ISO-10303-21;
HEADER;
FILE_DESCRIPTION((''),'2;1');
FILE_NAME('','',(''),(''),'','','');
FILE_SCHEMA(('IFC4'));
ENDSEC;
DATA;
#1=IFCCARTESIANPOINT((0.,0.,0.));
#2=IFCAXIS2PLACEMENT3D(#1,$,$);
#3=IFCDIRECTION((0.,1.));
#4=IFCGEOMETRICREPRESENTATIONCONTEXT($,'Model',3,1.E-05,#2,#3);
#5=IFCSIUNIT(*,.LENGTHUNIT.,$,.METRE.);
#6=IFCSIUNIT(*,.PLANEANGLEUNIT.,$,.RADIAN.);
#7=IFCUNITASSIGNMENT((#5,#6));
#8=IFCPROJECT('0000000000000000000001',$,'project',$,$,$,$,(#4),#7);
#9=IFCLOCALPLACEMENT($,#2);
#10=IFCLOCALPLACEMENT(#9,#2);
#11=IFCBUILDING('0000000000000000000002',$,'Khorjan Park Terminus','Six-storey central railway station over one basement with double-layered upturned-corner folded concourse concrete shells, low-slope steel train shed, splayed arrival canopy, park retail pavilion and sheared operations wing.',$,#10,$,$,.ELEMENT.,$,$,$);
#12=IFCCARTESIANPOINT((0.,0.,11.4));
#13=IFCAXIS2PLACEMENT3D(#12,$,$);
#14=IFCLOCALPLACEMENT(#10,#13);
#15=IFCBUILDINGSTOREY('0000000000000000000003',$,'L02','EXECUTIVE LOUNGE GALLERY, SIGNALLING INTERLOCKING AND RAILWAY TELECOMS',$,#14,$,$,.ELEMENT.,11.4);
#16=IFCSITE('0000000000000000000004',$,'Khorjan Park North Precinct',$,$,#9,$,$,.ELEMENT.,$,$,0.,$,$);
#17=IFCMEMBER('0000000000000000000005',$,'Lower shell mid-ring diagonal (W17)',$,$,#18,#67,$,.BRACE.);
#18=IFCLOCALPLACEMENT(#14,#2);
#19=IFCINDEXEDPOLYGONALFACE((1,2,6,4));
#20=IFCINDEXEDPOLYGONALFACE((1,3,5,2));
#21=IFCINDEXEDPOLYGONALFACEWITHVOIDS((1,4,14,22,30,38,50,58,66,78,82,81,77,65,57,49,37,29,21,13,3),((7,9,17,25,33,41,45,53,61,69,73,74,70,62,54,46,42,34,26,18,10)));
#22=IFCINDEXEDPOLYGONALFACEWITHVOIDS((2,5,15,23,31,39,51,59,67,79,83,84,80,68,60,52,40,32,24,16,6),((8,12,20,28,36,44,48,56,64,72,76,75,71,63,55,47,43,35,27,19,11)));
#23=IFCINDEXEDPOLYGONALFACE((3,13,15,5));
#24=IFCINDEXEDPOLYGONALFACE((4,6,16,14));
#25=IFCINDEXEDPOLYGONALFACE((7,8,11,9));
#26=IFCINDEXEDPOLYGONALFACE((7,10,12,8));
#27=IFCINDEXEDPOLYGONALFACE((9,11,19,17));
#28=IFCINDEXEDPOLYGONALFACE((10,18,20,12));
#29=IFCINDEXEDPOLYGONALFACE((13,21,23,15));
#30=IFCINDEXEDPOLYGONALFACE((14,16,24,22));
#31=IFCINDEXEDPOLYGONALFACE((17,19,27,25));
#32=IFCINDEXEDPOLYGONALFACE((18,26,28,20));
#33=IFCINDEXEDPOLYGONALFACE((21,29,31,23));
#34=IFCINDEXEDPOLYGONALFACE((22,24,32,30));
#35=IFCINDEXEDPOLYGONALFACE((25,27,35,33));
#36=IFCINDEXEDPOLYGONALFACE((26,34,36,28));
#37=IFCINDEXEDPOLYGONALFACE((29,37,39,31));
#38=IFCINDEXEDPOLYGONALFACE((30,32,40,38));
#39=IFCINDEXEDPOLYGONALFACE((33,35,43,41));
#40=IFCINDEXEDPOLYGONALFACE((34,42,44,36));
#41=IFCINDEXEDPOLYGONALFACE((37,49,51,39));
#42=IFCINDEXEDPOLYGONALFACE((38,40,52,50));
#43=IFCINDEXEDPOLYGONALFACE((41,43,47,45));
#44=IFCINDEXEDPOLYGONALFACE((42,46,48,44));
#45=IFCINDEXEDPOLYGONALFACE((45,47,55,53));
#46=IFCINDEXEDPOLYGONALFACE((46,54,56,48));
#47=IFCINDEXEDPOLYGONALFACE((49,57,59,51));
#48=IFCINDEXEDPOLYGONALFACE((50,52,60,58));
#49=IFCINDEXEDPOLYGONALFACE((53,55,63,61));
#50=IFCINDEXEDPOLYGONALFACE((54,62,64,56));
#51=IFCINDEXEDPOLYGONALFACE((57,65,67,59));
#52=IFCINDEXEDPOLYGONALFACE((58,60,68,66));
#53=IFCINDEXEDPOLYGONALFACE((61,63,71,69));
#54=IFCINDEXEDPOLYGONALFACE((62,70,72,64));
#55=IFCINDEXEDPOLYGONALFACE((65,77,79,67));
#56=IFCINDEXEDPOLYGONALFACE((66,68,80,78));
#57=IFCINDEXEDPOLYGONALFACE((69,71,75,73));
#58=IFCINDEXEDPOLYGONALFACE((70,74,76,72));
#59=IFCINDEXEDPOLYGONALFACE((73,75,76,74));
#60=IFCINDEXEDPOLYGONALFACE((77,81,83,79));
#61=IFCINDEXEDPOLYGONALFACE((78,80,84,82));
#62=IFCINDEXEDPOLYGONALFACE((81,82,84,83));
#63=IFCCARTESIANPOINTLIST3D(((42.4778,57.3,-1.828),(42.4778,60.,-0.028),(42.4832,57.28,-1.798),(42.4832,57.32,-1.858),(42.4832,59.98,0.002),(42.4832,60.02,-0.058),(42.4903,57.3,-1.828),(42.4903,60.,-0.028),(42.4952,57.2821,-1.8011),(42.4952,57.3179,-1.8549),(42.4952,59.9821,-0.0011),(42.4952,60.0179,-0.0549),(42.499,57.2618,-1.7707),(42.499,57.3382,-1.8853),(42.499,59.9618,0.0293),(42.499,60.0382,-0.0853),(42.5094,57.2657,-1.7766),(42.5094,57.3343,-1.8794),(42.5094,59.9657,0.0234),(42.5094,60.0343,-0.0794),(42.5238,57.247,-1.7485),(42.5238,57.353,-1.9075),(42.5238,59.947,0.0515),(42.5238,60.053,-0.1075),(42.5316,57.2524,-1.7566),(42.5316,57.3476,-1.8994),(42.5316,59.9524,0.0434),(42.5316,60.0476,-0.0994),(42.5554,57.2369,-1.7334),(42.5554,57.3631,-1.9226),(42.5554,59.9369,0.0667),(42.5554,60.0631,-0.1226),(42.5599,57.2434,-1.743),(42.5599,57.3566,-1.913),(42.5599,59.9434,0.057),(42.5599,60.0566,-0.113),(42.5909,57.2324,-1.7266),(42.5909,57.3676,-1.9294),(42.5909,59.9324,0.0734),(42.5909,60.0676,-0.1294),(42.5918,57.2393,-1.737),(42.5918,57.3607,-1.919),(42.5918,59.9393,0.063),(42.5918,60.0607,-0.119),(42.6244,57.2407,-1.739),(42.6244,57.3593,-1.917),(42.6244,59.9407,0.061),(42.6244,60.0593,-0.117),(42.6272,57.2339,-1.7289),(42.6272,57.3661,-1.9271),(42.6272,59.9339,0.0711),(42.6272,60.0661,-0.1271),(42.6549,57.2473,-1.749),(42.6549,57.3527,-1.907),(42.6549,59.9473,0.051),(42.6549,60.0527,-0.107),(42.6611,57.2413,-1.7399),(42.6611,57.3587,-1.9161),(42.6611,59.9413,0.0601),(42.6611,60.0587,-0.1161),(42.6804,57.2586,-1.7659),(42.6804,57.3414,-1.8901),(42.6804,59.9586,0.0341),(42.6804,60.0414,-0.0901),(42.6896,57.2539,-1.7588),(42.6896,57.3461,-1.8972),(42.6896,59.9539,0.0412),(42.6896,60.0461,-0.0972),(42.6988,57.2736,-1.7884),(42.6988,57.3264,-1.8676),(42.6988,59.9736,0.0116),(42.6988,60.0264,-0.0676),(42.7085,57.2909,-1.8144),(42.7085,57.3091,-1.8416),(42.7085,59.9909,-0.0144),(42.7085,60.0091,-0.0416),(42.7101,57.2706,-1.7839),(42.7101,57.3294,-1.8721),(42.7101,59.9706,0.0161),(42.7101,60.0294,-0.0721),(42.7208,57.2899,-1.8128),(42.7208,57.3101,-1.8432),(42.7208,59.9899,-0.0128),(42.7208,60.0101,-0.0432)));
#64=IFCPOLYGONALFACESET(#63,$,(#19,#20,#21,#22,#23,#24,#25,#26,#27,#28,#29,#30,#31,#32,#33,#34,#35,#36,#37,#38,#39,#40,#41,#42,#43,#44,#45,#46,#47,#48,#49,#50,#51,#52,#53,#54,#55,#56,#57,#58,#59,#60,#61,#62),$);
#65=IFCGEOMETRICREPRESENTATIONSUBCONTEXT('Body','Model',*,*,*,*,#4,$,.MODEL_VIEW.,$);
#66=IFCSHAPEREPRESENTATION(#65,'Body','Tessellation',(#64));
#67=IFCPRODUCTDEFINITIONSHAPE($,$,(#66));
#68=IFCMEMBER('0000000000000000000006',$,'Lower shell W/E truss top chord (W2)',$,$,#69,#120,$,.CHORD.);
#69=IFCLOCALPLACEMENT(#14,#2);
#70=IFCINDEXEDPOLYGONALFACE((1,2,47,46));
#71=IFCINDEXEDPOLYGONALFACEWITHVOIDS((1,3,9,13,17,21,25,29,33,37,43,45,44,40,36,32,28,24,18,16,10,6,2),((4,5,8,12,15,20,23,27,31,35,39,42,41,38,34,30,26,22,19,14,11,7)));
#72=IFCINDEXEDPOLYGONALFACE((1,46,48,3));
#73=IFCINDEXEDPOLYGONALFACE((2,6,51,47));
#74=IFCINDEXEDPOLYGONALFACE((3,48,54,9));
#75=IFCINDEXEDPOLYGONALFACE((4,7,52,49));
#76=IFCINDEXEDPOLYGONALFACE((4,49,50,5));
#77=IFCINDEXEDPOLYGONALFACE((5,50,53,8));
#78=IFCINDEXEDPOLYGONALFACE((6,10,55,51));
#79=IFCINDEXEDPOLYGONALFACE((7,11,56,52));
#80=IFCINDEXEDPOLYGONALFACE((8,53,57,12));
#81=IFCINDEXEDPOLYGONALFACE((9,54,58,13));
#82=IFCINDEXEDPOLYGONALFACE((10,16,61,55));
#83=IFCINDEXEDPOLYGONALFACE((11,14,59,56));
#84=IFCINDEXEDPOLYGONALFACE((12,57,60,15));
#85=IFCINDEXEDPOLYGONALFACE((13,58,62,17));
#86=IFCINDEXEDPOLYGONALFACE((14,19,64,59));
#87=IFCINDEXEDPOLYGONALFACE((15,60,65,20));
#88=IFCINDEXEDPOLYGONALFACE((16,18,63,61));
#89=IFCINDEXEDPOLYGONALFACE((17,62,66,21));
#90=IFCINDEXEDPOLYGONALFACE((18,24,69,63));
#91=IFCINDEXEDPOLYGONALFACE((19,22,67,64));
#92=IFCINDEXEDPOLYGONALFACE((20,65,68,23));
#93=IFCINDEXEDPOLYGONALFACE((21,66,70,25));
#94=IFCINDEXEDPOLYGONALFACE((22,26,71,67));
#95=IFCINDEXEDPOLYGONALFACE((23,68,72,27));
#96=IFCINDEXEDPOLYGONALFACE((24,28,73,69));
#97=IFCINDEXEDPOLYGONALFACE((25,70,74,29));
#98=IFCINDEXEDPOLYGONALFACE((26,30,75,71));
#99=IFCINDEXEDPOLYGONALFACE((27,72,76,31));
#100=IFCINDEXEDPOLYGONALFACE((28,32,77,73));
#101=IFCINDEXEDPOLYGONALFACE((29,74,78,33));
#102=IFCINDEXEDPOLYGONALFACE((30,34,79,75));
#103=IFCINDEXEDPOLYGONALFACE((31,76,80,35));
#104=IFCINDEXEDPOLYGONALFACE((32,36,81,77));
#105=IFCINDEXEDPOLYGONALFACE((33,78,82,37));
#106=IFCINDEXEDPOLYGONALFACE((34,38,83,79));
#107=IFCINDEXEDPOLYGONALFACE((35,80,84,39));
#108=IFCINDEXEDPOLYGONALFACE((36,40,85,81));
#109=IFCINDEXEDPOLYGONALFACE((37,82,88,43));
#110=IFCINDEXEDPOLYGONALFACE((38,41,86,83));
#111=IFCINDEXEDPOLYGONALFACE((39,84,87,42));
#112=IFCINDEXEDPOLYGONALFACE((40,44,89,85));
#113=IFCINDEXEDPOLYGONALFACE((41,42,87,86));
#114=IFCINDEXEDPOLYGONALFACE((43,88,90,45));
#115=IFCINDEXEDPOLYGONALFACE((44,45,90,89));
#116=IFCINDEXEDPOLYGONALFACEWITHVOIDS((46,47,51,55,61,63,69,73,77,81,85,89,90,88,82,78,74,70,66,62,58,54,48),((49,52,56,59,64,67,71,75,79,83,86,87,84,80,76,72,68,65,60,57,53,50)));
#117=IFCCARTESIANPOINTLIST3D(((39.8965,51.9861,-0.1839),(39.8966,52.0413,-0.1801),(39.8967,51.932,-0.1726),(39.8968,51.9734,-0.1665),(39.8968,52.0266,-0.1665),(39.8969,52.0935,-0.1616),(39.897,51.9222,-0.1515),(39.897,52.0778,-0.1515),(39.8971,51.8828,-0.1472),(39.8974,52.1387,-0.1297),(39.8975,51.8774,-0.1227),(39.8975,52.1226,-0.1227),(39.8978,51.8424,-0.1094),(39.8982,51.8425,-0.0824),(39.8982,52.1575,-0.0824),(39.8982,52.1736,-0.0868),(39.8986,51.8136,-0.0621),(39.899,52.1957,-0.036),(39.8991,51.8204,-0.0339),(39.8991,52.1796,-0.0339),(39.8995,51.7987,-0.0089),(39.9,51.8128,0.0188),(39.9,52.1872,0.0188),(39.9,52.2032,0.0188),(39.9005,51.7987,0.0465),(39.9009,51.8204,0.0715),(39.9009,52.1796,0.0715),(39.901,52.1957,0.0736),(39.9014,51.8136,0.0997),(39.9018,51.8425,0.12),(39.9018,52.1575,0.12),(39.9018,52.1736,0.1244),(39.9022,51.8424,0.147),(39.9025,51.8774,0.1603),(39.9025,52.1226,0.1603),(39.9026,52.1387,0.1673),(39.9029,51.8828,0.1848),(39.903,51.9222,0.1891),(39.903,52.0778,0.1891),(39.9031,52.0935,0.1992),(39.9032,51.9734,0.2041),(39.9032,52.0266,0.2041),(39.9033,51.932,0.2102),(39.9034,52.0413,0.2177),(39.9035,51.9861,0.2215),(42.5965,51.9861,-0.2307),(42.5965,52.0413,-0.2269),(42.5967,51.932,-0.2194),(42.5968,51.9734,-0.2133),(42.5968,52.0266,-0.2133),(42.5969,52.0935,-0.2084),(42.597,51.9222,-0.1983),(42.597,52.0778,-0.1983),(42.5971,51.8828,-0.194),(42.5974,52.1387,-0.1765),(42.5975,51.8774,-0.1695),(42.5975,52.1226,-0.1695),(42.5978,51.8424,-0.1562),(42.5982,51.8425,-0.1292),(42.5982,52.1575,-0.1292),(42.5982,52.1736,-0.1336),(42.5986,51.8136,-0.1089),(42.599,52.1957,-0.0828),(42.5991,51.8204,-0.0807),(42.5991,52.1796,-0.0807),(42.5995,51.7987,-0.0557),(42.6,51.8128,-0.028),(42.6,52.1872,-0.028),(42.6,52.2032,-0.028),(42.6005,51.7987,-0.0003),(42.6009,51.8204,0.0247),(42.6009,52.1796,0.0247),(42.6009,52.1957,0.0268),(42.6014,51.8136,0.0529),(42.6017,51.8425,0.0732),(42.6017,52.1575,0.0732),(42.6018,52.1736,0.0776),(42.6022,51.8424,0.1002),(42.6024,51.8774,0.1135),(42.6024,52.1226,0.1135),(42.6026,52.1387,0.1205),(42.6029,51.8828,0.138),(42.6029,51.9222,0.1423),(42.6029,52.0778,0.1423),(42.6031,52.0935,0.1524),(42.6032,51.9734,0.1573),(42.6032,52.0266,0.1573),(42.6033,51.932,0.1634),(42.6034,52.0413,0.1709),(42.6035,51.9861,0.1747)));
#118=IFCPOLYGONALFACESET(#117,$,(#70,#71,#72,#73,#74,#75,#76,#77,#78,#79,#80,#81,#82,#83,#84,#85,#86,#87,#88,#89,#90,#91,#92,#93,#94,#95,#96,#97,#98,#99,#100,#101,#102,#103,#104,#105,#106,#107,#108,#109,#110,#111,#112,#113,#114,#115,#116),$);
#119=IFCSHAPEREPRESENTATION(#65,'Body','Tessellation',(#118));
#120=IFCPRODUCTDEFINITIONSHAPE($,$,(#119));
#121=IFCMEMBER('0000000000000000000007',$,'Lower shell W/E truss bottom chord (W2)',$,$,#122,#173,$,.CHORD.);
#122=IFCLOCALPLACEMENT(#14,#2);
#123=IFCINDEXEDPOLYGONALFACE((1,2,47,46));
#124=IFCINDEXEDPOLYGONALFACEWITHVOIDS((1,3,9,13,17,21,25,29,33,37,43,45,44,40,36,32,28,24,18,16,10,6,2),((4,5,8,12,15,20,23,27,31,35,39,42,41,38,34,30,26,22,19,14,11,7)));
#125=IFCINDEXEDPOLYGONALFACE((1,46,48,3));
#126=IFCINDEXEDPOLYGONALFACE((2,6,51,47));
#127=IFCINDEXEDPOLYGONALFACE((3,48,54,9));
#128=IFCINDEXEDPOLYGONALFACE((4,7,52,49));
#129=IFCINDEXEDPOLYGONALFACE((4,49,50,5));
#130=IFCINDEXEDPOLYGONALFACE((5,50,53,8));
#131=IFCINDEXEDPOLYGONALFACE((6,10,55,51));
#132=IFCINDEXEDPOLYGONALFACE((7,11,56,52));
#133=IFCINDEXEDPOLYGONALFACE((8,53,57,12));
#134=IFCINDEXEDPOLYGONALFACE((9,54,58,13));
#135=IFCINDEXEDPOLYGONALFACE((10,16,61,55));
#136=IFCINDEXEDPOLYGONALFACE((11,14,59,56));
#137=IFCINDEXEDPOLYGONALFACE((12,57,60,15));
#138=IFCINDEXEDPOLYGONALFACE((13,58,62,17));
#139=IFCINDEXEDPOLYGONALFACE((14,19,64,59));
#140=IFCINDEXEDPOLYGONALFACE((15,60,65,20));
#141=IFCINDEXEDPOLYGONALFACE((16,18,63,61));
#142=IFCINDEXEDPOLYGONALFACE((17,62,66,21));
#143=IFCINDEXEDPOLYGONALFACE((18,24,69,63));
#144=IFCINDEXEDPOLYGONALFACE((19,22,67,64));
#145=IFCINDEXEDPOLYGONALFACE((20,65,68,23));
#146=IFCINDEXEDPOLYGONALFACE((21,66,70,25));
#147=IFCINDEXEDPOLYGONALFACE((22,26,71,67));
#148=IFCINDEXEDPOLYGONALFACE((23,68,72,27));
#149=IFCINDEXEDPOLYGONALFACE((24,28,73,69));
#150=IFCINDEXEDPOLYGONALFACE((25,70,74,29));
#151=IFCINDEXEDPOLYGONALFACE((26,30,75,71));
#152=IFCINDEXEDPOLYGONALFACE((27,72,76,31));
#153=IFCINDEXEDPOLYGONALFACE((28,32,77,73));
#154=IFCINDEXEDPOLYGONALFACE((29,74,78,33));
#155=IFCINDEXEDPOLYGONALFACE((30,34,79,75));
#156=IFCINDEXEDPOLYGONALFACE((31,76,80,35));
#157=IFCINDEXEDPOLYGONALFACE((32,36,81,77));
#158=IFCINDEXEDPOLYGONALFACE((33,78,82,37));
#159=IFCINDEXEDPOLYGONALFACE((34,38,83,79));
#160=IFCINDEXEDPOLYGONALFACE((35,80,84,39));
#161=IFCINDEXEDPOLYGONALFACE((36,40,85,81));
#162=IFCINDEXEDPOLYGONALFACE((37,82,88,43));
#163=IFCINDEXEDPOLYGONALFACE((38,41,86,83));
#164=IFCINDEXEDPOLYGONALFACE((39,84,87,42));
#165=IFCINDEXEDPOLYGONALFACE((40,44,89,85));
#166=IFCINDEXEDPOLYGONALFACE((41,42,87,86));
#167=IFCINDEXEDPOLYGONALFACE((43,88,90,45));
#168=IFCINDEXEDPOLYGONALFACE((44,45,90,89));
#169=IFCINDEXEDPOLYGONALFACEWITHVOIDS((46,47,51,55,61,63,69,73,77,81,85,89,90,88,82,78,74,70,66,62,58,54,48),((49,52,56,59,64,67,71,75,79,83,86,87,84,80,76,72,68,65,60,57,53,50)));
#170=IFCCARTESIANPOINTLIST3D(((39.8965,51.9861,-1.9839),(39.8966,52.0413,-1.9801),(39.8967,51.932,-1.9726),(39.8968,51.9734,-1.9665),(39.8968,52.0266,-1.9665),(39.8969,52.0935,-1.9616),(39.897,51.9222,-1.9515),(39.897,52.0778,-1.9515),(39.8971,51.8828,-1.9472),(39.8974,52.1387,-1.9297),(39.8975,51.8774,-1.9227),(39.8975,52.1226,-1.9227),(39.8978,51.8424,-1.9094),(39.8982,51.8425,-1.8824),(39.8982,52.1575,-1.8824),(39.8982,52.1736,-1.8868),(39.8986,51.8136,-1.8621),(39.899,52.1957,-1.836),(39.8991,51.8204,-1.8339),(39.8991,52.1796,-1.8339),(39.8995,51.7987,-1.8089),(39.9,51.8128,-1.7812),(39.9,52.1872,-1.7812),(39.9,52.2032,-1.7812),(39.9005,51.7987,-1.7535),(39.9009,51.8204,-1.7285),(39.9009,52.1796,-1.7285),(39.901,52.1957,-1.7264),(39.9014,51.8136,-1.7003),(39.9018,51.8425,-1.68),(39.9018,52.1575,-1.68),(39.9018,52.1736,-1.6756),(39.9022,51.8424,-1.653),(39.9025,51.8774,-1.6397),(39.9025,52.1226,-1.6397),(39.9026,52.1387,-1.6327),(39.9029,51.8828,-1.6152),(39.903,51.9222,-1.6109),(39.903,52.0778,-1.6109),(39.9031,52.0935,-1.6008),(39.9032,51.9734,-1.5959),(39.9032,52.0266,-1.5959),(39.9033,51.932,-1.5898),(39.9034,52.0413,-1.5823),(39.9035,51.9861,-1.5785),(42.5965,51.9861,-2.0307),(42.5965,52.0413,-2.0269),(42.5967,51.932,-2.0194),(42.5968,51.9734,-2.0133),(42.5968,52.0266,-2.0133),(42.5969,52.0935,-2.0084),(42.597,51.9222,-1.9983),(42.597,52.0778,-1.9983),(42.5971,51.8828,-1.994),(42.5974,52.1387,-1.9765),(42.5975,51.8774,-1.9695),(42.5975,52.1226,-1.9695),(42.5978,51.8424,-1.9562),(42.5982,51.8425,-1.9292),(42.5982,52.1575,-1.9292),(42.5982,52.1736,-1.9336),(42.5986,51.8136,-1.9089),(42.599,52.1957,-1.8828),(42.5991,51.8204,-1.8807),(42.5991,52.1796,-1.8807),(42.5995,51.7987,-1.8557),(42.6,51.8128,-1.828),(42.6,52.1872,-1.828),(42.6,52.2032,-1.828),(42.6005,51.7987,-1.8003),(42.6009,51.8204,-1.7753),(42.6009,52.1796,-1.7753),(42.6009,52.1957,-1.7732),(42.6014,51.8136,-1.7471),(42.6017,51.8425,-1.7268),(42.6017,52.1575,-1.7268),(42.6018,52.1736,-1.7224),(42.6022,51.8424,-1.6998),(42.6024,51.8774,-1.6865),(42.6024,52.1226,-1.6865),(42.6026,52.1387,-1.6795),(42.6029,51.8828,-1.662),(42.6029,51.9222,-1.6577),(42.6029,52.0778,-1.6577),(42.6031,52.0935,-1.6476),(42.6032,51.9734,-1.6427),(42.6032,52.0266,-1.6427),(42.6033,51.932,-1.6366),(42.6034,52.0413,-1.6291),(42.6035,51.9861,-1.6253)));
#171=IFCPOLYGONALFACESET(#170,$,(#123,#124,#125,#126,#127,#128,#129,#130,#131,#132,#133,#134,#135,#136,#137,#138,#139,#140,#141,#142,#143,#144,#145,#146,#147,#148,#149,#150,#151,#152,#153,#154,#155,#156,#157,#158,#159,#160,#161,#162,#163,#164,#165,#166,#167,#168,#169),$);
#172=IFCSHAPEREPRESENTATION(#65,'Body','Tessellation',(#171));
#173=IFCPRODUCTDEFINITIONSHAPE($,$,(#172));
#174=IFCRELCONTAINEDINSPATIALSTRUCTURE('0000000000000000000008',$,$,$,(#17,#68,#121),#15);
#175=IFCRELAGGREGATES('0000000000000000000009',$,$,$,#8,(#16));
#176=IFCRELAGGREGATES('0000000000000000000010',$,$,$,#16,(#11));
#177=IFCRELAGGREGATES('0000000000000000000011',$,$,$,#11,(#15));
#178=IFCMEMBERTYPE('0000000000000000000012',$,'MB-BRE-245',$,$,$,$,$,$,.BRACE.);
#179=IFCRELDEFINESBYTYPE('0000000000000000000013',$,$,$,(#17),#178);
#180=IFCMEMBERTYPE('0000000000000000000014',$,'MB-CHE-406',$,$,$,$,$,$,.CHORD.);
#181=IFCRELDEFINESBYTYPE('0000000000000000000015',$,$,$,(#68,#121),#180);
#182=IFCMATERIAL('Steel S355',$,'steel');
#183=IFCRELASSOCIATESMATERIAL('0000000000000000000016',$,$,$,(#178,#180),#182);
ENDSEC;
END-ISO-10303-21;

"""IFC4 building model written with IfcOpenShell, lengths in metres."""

from ifc_helpers import new_model, si_unit, direction, frame, origin, origin_2d, place, context, subcontext, project, spatial, hollow_circle, extrude, material, material_profile, profile_set, type_object, element, save


model = new_model("IFC4")

# Units and contexts
model_context = context("Model", 3, precision=1e-05, world=origin(), true_north=direction((0.0, 1.0)))
body_context = subcontext(model_context, "Body", "Model", "MODEL_VIEW")
ifc_project = project(units=[si_unit("LENGTHUNIT", "METRE"), si_unit("PLANEANGLEUNIT", "RADIAN")], contexts=[model_context])

# Site, building, storey
site_placement = place(None, origin())
site = spatial("IfcSite", under=ifc_project, at=site_placement, Name="Khorjan Park North Precinct", CompositionType="ELEMENT", RefElevation=0.0)
building_placement = place(site_placement, origin())
building = spatial("IfcBuilding", under=site, at=building_placement, Name="Khorjan Park Terminus", Description="Six-storey central railway station over one basement with double-layered upturned-corner folded concourse concrete shells, low-slope steel train shed, splayed arrival canopy, park retail pavilion and sheared operations wing.", CompositionType="ELEMENT")
storey_placement = place(building_placement, frame((0.0, 0.0, 11.4)))
storey = spatial("IfcBuildingStorey", under=building, at=storey_placement, Name="L02", Description="EXECUTIVE LOUNGE GALLERY, SIGNALLING INTERLOCKING AND RAILWAY TELECOMS", CompositionType="ELEMENT", Elevation=11.4)

# Members
ifc_material_1 = material(Name="Steel S355", Category="steel")
ifc_material_profile_1 = material_profile(ifc_material_1, hollow_circle(Radius=0.1222, WallThickness=0.0125, at=origin_2d()), Name="CHS 244.5x12.5")
ifc_profile_set_1 = profile_set([ifc_material_profile_1], Name="Steel S355")
member_type_1 = type_object("IfcMemberType", Name="MB-BRE-245", PredefinedType="BRACE", material=ifc_profile_set_1)
member_1_placement = place(storey_placement, frame((42.6, 57.3, -1.828), z_axis=(0.0, 0.83205, 0.5547), x_axis=(-1.0, 0.0, 0.0)))
element("IfcMember", 1, at=member_1_placement, inside=storey, type_object=member_type_1, Name="Lower shell mid-ring diagonal (W17)", PredefinedType="BRACE", context=body_context, shape_type="SweptSolid", body=[
    extrude(hollow_circle(Radius=0.1222, WallThickness=0.0125, at=origin_2d()), origin(), (0.0, 0.0, 1.0), 3.245),
])
ifc_material_profile_2 = material_profile(ifc_material_1, hollow_circle(Radius=0.2032, WallThickness=0.016, at=origin_2d()), Name="CHS 406.4x16")
ifc_profile_set_2 = profile_set([ifc_material_profile_2], Name="Steel S355")
member_type_2 = type_object("IfcMemberType", Name="MB-CHE-406", PredefinedType="CHORD", material=ifc_profile_set_2)
for number, where, z_axis, x_axis, name in (
    (2, (39.9, 52.0, 0.0188), (0.99985, 0.0, -0.017331), (0.0, 1.0, 0.0), "Lower shell W/E truss top chord (W2)"),
    (3, (39.9, 52.0, -1.7812), (0.99985, 0.0, -0.017331), (0.0, 1.0, 0.0), "Lower shell W/E truss bottom chord (W2)"),
):
    element("IfcMember", number, at=place(storey_placement, frame(where, z_axis=z_axis, x_axis=x_axis)), inside=storey, type_object=member_type_2, Name=name, PredefinedType="CHORD", context=body_context, shape_type="SweptSolid", body=[
        extrude(hollow_circle(Radius=0.2032, WallThickness=0.016, at=origin_2d()), origin(), (0.0, 0.0, 1.0), 2.7004),
    ])

save(model, "model.ifc")
